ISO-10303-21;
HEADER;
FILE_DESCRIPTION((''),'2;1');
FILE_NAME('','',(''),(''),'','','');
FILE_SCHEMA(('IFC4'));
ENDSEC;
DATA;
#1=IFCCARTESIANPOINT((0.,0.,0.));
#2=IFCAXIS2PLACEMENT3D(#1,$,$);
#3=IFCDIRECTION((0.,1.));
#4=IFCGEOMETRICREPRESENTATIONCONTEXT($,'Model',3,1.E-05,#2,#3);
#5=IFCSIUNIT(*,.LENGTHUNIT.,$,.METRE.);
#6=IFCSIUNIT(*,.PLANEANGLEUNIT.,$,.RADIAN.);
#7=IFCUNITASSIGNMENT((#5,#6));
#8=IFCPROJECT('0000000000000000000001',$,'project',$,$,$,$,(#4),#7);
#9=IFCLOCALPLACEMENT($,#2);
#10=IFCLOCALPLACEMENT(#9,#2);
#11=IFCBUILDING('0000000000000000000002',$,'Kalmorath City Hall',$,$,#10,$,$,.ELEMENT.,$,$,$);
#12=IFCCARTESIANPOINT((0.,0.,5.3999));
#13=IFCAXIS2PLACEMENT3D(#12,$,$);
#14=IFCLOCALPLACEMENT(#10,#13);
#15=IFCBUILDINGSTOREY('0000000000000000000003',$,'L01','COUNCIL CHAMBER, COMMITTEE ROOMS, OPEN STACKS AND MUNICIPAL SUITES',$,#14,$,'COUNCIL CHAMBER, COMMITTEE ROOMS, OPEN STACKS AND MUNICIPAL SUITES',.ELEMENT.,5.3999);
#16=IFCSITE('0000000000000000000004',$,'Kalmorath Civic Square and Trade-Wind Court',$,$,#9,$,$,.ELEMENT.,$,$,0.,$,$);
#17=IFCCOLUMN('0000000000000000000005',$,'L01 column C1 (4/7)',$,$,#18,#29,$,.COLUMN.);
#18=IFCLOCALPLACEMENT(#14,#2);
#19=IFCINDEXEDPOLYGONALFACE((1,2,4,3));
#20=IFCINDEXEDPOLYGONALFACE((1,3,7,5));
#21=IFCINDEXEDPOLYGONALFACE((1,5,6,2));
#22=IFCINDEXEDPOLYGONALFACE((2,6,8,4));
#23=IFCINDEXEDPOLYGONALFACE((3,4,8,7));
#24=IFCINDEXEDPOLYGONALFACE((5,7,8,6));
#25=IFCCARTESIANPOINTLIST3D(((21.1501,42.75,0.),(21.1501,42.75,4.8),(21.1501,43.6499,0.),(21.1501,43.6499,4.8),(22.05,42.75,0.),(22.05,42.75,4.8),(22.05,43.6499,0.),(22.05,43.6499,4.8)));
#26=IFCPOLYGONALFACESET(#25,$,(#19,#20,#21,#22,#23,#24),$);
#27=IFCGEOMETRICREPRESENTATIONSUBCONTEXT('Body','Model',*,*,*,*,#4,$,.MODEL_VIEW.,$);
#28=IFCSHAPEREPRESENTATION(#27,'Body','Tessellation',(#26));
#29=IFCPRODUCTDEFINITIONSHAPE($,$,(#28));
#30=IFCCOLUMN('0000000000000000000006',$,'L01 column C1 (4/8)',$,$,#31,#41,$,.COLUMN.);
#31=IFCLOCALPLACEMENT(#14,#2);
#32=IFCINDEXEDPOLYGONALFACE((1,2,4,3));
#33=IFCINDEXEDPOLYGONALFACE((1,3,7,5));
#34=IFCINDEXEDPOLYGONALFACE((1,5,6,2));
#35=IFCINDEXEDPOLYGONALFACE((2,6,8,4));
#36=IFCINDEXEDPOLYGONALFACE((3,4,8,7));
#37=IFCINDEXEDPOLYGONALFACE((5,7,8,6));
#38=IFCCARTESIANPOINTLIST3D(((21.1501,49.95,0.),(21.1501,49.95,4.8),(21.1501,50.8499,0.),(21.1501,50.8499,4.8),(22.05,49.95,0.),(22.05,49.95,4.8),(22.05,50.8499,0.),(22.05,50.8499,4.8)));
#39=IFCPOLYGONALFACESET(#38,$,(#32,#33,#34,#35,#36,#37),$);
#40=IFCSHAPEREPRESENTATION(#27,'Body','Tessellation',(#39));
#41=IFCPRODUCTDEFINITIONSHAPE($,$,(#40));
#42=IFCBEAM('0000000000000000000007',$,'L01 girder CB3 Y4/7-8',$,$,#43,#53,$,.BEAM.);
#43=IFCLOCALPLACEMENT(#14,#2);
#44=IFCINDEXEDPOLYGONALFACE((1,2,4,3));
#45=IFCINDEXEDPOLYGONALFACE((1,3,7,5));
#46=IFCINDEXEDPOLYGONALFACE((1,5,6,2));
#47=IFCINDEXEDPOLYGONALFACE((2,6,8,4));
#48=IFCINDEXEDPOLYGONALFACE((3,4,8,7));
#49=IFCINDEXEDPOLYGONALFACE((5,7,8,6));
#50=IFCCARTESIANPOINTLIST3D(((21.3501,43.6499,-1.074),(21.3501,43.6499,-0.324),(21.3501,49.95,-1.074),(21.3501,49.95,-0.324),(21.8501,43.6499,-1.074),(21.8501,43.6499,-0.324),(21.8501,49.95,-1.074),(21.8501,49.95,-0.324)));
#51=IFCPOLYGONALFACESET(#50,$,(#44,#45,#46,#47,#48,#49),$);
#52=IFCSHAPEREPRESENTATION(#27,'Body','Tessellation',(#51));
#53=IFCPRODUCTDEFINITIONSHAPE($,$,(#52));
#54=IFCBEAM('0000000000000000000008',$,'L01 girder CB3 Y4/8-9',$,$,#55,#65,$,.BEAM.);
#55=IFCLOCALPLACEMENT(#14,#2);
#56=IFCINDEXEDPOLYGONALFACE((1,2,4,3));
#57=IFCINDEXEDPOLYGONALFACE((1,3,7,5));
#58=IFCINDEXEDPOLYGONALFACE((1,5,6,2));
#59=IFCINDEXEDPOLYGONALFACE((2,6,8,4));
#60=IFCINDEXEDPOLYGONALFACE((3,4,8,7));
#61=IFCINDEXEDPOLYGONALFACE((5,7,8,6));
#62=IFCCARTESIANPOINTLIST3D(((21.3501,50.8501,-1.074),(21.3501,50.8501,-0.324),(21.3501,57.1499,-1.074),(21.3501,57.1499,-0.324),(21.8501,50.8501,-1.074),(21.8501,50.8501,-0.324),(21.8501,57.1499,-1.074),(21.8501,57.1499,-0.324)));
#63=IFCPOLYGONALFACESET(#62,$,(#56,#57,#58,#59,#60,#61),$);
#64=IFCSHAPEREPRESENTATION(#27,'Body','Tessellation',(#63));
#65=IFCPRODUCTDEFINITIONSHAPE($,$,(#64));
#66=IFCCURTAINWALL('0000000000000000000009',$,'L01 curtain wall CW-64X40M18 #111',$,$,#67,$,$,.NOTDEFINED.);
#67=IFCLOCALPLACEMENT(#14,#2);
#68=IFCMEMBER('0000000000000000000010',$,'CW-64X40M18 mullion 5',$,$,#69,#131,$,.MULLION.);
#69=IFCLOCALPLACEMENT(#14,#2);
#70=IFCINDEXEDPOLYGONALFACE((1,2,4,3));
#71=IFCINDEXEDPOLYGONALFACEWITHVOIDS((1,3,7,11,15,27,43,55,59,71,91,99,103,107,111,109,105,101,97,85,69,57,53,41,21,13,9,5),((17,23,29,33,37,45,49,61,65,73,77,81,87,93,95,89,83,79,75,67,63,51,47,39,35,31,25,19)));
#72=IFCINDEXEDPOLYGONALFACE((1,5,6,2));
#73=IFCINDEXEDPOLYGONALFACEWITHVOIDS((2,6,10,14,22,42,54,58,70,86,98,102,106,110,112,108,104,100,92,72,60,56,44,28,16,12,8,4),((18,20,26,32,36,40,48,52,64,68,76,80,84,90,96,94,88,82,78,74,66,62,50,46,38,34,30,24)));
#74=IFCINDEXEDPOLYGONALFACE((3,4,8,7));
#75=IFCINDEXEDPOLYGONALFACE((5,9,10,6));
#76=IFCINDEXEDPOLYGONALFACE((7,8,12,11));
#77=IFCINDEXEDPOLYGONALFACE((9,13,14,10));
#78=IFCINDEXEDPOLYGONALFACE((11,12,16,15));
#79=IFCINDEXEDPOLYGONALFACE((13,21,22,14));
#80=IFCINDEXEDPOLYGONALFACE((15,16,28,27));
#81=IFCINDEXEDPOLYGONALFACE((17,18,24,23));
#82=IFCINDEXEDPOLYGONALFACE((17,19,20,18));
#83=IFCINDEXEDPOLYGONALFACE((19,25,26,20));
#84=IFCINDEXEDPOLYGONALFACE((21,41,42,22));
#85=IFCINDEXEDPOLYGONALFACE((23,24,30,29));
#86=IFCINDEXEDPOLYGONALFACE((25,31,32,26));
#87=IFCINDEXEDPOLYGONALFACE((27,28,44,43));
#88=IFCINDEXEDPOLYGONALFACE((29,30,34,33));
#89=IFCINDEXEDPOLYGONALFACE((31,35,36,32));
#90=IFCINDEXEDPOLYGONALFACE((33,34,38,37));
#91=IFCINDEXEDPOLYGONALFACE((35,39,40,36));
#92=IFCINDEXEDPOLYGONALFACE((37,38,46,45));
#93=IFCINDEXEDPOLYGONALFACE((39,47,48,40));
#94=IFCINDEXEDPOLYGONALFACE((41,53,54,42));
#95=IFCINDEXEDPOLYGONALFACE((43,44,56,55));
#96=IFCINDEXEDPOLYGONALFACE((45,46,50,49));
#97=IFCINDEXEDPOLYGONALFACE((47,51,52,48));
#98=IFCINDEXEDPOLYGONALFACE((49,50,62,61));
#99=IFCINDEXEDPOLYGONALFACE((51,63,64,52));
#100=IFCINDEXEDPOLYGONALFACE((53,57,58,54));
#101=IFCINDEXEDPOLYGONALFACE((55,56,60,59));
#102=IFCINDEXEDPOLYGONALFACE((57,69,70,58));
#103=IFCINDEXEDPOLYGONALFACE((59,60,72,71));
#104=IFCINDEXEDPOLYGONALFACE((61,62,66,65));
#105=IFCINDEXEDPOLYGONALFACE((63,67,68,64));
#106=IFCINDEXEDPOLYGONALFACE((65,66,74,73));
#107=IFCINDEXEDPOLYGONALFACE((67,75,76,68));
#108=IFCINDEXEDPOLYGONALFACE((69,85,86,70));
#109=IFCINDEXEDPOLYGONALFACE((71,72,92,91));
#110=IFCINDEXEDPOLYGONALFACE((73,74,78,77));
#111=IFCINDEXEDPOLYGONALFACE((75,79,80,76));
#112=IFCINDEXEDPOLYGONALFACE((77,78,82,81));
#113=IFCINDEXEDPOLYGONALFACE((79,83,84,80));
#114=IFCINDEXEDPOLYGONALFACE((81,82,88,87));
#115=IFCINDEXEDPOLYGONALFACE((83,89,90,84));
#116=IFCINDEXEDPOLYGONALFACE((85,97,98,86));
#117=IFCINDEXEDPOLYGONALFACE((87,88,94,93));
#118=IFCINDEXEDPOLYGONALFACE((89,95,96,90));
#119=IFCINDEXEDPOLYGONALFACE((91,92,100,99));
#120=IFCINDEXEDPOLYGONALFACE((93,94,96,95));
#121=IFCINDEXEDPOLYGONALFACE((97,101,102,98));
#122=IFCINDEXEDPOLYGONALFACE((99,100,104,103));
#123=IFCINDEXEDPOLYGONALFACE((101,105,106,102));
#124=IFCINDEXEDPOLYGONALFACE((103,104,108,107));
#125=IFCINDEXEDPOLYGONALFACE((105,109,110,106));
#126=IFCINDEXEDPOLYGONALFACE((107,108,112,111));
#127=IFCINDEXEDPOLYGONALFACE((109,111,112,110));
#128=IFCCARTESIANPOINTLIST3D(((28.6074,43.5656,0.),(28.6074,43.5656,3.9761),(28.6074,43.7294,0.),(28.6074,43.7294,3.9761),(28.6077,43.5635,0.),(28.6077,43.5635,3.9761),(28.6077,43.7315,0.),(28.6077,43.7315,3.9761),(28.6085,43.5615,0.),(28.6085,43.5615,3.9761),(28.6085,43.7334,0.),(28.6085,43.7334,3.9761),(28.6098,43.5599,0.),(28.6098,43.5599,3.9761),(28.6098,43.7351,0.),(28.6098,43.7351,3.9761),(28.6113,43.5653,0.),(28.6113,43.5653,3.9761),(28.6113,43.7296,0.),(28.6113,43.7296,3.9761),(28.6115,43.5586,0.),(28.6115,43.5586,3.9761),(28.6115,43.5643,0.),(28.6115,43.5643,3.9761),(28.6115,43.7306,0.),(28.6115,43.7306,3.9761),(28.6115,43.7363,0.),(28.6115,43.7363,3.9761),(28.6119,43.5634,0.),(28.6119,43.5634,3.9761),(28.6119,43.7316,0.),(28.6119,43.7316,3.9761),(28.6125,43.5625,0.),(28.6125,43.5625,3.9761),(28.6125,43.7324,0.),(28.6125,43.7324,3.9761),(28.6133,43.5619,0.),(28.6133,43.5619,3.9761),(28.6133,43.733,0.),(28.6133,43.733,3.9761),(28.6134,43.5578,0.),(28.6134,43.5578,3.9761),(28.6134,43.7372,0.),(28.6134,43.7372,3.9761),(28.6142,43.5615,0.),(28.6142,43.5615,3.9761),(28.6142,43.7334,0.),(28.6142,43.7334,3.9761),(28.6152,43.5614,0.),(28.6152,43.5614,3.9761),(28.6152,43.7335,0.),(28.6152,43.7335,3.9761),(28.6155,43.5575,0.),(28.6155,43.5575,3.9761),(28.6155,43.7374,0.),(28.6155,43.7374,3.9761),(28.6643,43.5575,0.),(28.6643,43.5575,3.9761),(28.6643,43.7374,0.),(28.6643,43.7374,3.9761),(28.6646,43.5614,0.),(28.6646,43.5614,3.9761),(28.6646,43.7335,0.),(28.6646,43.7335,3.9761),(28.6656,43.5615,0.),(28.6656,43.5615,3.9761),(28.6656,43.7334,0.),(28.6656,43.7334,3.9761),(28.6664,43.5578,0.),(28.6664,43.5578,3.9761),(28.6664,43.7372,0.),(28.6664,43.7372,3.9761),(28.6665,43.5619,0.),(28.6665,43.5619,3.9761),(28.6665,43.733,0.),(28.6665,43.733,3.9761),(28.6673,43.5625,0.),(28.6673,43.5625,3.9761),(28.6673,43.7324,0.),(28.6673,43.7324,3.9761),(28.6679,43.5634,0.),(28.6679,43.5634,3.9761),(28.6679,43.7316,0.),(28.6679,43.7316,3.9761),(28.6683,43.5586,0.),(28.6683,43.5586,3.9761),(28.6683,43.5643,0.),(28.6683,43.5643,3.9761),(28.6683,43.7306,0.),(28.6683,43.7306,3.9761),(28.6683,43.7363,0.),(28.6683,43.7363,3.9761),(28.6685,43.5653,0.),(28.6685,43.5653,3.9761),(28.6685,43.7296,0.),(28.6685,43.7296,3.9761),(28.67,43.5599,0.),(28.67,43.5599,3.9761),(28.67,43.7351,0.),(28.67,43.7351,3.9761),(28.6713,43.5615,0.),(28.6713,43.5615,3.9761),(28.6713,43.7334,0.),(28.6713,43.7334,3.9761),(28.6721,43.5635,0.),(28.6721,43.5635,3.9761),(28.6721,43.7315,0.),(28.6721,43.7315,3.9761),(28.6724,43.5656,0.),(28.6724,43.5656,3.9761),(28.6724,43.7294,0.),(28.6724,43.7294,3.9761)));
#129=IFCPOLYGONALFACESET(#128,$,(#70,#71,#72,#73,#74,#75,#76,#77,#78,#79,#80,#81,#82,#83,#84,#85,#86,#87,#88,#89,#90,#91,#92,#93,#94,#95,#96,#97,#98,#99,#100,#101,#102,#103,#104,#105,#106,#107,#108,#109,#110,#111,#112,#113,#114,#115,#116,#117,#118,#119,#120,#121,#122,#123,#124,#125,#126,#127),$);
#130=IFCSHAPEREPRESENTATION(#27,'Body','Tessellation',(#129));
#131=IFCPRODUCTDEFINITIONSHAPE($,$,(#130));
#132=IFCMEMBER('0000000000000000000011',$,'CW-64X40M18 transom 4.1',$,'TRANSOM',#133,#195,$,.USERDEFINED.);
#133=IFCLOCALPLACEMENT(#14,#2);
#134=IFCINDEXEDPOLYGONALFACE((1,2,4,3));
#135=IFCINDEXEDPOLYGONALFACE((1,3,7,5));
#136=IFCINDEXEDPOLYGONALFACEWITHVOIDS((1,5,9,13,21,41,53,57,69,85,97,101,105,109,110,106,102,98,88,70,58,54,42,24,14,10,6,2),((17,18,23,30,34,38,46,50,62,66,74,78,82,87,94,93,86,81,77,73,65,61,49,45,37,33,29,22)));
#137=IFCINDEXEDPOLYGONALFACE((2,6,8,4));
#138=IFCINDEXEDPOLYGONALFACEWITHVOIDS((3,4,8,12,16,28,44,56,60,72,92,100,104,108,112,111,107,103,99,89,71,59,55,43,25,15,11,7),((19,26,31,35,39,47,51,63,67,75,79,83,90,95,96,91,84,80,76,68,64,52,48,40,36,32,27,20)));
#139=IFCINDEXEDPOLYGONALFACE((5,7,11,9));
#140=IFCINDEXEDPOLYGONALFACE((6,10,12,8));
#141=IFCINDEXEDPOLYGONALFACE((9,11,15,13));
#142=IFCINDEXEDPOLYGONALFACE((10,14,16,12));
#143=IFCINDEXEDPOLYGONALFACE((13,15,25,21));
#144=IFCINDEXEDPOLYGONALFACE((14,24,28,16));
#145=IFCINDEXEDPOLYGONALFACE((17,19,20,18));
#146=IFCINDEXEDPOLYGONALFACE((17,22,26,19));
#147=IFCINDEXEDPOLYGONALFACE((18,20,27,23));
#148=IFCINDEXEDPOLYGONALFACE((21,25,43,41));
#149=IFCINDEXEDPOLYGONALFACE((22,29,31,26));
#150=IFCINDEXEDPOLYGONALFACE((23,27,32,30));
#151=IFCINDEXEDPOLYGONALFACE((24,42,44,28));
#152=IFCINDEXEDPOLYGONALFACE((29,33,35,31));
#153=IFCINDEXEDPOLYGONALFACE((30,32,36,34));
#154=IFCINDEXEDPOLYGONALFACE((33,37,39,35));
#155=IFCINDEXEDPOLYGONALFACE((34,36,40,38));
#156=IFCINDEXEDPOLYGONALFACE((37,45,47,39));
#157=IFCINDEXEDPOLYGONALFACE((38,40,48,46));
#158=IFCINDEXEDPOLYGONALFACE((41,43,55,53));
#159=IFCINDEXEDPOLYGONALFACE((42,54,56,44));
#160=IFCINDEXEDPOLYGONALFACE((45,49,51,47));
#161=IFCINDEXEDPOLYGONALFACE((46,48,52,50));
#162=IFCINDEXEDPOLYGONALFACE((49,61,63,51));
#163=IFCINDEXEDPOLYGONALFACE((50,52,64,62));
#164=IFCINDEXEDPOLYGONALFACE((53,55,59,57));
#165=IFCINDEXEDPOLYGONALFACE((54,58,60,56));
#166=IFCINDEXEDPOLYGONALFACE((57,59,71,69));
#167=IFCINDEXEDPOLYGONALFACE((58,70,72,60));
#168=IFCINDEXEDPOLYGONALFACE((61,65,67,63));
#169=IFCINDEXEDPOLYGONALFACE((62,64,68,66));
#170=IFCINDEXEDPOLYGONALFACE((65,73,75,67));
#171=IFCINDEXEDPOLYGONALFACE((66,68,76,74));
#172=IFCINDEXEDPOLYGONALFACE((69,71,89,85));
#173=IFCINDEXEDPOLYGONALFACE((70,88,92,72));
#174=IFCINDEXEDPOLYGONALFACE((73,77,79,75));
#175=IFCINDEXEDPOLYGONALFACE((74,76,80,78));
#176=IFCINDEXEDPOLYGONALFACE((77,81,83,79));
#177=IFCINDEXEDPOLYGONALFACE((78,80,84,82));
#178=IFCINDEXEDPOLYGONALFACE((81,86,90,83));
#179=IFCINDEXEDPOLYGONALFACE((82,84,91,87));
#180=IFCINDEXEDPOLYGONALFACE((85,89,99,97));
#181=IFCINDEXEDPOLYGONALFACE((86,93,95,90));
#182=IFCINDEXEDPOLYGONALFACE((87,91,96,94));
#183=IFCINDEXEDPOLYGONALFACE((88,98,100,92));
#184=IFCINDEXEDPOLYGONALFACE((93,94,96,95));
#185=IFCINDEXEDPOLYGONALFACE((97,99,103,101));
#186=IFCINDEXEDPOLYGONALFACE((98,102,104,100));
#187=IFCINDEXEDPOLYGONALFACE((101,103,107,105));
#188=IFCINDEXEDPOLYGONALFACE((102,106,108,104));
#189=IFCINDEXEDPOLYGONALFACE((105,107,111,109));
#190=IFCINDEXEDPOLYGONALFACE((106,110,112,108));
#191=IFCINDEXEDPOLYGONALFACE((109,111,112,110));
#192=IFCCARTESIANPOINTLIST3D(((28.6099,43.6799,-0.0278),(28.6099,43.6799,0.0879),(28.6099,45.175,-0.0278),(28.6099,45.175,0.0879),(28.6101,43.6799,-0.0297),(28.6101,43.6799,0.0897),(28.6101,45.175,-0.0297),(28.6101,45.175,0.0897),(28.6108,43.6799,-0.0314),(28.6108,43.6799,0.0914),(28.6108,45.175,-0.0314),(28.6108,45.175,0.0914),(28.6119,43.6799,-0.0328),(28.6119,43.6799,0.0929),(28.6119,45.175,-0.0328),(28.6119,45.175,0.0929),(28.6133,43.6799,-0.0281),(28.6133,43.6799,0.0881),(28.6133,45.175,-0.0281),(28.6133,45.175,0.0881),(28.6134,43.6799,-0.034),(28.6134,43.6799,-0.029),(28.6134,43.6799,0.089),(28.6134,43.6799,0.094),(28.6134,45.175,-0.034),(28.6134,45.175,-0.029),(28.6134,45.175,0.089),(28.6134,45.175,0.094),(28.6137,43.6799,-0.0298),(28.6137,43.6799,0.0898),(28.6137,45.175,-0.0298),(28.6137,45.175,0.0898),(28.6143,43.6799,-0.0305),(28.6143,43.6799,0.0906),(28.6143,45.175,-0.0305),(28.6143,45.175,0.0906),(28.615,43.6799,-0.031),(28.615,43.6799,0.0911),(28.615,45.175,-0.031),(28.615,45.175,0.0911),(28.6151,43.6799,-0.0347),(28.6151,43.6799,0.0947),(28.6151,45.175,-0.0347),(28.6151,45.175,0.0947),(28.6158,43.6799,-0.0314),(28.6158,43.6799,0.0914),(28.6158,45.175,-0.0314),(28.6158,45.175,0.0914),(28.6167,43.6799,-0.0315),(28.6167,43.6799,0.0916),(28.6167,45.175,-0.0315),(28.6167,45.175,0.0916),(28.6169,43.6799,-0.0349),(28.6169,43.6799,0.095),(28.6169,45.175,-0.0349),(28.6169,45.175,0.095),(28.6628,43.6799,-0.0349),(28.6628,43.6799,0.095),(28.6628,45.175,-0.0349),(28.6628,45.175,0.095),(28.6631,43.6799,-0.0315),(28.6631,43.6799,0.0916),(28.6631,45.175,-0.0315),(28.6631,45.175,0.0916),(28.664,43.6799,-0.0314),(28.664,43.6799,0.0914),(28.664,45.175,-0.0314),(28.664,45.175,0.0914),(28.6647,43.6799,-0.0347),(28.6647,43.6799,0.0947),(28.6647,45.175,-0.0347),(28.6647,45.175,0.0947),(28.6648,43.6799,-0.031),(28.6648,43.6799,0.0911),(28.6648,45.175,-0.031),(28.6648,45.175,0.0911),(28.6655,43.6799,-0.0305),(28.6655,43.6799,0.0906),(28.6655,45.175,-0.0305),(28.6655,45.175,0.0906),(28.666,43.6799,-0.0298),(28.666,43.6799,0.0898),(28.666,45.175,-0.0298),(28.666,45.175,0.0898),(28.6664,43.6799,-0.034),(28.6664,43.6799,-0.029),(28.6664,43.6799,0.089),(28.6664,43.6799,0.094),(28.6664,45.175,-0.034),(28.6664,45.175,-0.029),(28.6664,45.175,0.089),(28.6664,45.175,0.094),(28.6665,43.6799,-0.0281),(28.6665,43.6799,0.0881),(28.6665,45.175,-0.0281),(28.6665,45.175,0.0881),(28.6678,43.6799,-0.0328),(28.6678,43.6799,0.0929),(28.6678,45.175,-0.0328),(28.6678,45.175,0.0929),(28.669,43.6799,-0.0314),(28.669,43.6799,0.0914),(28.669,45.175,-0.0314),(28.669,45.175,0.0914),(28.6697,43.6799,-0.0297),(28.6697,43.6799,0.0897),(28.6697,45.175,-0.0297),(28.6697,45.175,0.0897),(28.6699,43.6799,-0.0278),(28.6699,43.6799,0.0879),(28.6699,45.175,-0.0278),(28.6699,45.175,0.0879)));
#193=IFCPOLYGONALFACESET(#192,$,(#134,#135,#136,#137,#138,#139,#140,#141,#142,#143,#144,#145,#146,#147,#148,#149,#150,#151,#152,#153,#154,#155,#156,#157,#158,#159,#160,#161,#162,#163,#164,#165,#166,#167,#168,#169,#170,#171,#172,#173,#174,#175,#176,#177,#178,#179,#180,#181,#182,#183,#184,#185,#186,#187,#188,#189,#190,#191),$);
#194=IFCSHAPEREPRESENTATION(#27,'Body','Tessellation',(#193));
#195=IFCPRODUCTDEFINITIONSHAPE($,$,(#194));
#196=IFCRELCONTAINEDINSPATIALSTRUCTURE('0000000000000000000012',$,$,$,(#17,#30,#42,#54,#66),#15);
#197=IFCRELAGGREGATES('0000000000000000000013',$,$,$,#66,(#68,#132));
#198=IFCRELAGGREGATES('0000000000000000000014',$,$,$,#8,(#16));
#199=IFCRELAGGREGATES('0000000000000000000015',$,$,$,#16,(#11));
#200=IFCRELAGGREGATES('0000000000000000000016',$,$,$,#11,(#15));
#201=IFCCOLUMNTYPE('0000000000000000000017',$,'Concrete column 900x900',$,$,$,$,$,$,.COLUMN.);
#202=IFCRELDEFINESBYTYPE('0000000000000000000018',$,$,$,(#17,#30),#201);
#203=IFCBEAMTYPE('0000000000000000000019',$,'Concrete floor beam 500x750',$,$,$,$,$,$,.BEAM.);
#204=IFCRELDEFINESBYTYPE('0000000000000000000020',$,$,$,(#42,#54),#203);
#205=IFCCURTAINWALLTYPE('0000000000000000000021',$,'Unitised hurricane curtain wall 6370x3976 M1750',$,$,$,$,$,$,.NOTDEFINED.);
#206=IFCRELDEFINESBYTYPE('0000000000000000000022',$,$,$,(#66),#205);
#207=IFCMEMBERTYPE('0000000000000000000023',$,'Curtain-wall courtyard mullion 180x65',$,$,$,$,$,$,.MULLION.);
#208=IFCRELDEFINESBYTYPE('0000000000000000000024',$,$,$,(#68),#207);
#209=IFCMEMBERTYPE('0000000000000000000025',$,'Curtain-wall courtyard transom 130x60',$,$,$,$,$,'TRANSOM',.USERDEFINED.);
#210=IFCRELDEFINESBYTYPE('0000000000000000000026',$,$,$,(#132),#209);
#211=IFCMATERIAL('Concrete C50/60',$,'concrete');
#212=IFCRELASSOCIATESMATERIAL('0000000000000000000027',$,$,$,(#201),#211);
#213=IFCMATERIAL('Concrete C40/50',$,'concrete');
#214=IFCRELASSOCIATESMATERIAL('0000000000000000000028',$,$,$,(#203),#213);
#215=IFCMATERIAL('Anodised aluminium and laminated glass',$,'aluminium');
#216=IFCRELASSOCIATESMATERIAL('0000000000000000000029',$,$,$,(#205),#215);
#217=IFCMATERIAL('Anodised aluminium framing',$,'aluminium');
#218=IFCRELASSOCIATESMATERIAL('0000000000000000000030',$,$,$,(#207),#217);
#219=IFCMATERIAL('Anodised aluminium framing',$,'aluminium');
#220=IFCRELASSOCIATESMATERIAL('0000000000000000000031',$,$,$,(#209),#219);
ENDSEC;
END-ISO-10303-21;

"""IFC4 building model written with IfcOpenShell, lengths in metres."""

from ifc_helpers import new_model, si_unit, direction, frame, origin, origin_2d, place, context, subcontext, project, spatial, rectangle, hollow_rectangle, extrude, material, material_profile, profile_set, type_object, element, aggregate, save


model = new_model("IFC4")

# Units and contexts
model_context = context("Model", 3, precision=1e-05, world=origin(), true_north=direction((0.0, 1.0)))
body_context = subcontext(model_context, "Body", "Model", "MODEL_VIEW")
ifc_project = project(units=[si_unit("LENGTHUNIT", "METRE"), si_unit("PLANEANGLEUNIT", "RADIAN")], contexts=[model_context])

# Site, building, storey
site_placement = place(None, origin())
site = spatial("IfcSite", under=ifc_project, at=site_placement, Name="Kalmorath Civic Square and Trade-Wind Court", CompositionType="ELEMENT", RefElevation=0.0)
building_placement = place(site_placement, origin())
building = spatial("IfcBuilding", under=site, at=building_placement, Name="Kalmorath City Hall", CompositionType="ELEMENT")
storey_placement = place(building_placement, frame((0.0, 0.0, 5.3999)))
storey = spatial("IfcBuildingStorey", under=building, at=storey_placement, Name="L01", Description="COUNCIL CHAMBER, COMMITTEE ROOMS, OPEN STACKS AND MUNICIPAL SUITES", LongName="COUNCIL CHAMBER, COMMITTEE ROOMS, OPEN STACKS AND MUNICIPAL SUITES", CompositionType="ELEMENT", Elevation=5.3999)

# Columns
ifc_material_1 = material(Name="Concrete C50/60", Category="concrete")
ifc_material_profile_1 = material_profile(ifc_material_1, rectangle(XDim=0.8999, YDim=0.8999, at=origin_2d()), Name="RC-COL-900X900")
ifc_profile_set_1 = profile_set([ifc_material_profile_1], Name="Concrete C50/60")
column_type = type_object("IfcColumnType", Name="Concrete column 900x900", PredefinedType="COLUMN", material=ifc_profile_set_1)
for number, where, z_axis, x_axis, name in (
    (1, (21.6001, 43.2, 0.0), (0.0, 0.0, 1.0), (1.0, 0.0, 0.0), "L01 column C1 (4/7)"),
    (2, (21.6001, 50.3999, 0.0), (0.0, 0.0, 1.0), (1.0, 0.0, 0.0), "L01 column C1 (4/8)"),
):
    element("IfcColumn", number, at=place(storey_placement, frame(where, z_axis=z_axis, x_axis=x_axis)), inside=storey, type_object=column_type, Name=name, PredefinedType="COLUMN", context=body_context, shape_type="SweptSolid", body=[
        extrude(rectangle(XDim=0.8999, YDim=0.8999, at=origin_2d()), origin(), (0.0, 0.0, 1.0), 4.8),
    ])

# Beams
ifc_material_2 = material(Name="Concrete C40/50", Category="concrete")
ifc_material_profile_2 = material_profile(ifc_material_2, rectangle(XDim=0.5, YDim=0.75, at=origin_2d()), Name="RC-BM-500X750")
ifc_profile_set_2 = profile_set([ifc_material_profile_2], Name="Concrete C40/50")
beam_type_1 = type_object("IfcBeamType", Name="Concrete floor beam 500x750", PredefinedType="BEAM", material=ifc_profile_set_2)
beam_1_placement = place(storey_placement, frame((21.6001, 43.6499, -0.699), z_axis=(0.0, 1.0, 0.0), x_axis=(-1.0, 0.0, 0.0)))
element("IfcBeam", 3, at=beam_1_placement, inside=storey, type_object=beam_type_1, Name="L01 girder CB3 Y4/7-8", PredefinedType="BEAM", context=body_context, shape_type="SweptSolid", body=[
    extrude(rectangle(XDim=0.5, YDim=0.75, at=origin_2d()), origin(), (0.0, 0.0, 1.0), 6.3),
])
beam_2_placement = place(storey_placement, frame((21.6001, 50.8501, -0.699), z_axis=(0.0, 1.0, 0.0), x_axis=(-1.0, 0.0, 0.0)))
element("IfcBeam", 4, at=beam_2_placement, inside=storey, type_object=beam_type_1, Name="L01 girder CB3 Y4/8-9", PredefinedType="BEAM", context=body_context, shape_type="SweptSolid", body=[
    extrude(rectangle(XDim=0.5, YDim=0.75, at=origin_2d()), origin(), (0.0, 0.0, 1.0), 6.2998),
])

# Curtain wall, members
ifc_material_3 = material(Name="Anodised aluminium and laminated glass", Category="aluminium")
curtain_wall_type = type_object("IfcCurtainWallType", Name="Unitised hurricane curtain wall 6370x3976 M1750", PredefinedType="NOTDEFINED", material=ifc_material_3)
curtain_wall_placement = place(storey_placement, origin())
curtain_wall = element("IfcCurtainWall", 5, at=curtain_wall_placement, inside=storey, type_object=curtain_wall_type, Name="L01 curtain wall CW-64X40M18 #111", PredefinedType="NOTDEFINED")
ifc_material_4 = material(Name="Anodised aluminium framing", Category="aluminium")
ifc_material_profile_3 = material_profile(ifc_material_4, hollow_rectangle(XDim=0.0649, YDim=0.1799, WallThickness=0.0039, InnerFilletRadius=0.0039, OuterFilletRadius=0.0081, at=origin_2d()), Name="ALU-MUL-180X65X4")
ifc_profile_set_3 = profile_set([ifc_material_profile_3], Name="Anodised aluminium framing")
member_type_1 = type_object("IfcMemberType", Name="Curtain-wall courtyard mullion 180x65", PredefinedType="MULLION", material=ifc_profile_set_3)
member_1_placement = place(storey_placement, frame((28.6399, 43.6475, 0.0), z_axis=(0.0, 0.0, 1.0), x_axis=(1.0, 0.0, 0.0)))
member_1 = element("IfcMember", 6, at=member_1_placement, type_object=member_type_1, Name="CW-64X40M18 mullion 5", PredefinedType="MULLION", context=body_context, shape_type="SweptSolid", body=[
    extrude(hollow_rectangle(XDim=0.0649, YDim=0.1799, WallThickness=0.0039, InnerFilletRadius=0.0039, OuterFilletRadius=0.0081, at=origin_2d()), origin(), (0.0, 0.0, 1.0), 3.9761),
])
ifc_material_5 = material(Name="Anodised aluminium framing", Category="aluminium")
ifc_material_profile_4 = material_profile(ifc_material_5, hollow_rectangle(XDim=0.0601, YDim=0.1299, WallThickness=0.0034, InnerFilletRadius=0.0034, OuterFilletRadius=0.0071, at=origin_2d()), Name="ALU-TRN-130X60X3.5")
ifc_profile_set_4 = profile_set([ifc_material_profile_4], Name="Anodised aluminium framing")
member_type_2 = type_object("IfcMemberType", Name="Curtain-wall courtyard transom 130x60", ElementType="TRANSOM", PredefinedType="USERDEFINED", material=ifc_profile_set_4)
member_2_placement = place(storey_placement, frame((28.6399, 45.175, 0.03), z_axis=(0.0, -1.0, 0.0), x_axis=(1.0, 0.0, 0.0)))
member_2 = element("IfcMember", 7, at=member_2_placement, type_object=member_type_2, Name="CW-64X40M18 transom 4.1", ObjectType="TRANSOM", PredefinedType="USERDEFINED", context=body_context, shape_type="SweptSolid", body=[
    extrude(hollow_rectangle(XDim=0.0601, YDim=0.1299, WallThickness=0.0034, InnerFilletRadius=0.0034, OuterFilletRadius=0.0071, at=origin_2d()), origin(), (0.0, 0.0, 1.0), 1.4951),
])

aggregate(curtain_wall, [member_1, member_2])

save(model, "model.ifc")
